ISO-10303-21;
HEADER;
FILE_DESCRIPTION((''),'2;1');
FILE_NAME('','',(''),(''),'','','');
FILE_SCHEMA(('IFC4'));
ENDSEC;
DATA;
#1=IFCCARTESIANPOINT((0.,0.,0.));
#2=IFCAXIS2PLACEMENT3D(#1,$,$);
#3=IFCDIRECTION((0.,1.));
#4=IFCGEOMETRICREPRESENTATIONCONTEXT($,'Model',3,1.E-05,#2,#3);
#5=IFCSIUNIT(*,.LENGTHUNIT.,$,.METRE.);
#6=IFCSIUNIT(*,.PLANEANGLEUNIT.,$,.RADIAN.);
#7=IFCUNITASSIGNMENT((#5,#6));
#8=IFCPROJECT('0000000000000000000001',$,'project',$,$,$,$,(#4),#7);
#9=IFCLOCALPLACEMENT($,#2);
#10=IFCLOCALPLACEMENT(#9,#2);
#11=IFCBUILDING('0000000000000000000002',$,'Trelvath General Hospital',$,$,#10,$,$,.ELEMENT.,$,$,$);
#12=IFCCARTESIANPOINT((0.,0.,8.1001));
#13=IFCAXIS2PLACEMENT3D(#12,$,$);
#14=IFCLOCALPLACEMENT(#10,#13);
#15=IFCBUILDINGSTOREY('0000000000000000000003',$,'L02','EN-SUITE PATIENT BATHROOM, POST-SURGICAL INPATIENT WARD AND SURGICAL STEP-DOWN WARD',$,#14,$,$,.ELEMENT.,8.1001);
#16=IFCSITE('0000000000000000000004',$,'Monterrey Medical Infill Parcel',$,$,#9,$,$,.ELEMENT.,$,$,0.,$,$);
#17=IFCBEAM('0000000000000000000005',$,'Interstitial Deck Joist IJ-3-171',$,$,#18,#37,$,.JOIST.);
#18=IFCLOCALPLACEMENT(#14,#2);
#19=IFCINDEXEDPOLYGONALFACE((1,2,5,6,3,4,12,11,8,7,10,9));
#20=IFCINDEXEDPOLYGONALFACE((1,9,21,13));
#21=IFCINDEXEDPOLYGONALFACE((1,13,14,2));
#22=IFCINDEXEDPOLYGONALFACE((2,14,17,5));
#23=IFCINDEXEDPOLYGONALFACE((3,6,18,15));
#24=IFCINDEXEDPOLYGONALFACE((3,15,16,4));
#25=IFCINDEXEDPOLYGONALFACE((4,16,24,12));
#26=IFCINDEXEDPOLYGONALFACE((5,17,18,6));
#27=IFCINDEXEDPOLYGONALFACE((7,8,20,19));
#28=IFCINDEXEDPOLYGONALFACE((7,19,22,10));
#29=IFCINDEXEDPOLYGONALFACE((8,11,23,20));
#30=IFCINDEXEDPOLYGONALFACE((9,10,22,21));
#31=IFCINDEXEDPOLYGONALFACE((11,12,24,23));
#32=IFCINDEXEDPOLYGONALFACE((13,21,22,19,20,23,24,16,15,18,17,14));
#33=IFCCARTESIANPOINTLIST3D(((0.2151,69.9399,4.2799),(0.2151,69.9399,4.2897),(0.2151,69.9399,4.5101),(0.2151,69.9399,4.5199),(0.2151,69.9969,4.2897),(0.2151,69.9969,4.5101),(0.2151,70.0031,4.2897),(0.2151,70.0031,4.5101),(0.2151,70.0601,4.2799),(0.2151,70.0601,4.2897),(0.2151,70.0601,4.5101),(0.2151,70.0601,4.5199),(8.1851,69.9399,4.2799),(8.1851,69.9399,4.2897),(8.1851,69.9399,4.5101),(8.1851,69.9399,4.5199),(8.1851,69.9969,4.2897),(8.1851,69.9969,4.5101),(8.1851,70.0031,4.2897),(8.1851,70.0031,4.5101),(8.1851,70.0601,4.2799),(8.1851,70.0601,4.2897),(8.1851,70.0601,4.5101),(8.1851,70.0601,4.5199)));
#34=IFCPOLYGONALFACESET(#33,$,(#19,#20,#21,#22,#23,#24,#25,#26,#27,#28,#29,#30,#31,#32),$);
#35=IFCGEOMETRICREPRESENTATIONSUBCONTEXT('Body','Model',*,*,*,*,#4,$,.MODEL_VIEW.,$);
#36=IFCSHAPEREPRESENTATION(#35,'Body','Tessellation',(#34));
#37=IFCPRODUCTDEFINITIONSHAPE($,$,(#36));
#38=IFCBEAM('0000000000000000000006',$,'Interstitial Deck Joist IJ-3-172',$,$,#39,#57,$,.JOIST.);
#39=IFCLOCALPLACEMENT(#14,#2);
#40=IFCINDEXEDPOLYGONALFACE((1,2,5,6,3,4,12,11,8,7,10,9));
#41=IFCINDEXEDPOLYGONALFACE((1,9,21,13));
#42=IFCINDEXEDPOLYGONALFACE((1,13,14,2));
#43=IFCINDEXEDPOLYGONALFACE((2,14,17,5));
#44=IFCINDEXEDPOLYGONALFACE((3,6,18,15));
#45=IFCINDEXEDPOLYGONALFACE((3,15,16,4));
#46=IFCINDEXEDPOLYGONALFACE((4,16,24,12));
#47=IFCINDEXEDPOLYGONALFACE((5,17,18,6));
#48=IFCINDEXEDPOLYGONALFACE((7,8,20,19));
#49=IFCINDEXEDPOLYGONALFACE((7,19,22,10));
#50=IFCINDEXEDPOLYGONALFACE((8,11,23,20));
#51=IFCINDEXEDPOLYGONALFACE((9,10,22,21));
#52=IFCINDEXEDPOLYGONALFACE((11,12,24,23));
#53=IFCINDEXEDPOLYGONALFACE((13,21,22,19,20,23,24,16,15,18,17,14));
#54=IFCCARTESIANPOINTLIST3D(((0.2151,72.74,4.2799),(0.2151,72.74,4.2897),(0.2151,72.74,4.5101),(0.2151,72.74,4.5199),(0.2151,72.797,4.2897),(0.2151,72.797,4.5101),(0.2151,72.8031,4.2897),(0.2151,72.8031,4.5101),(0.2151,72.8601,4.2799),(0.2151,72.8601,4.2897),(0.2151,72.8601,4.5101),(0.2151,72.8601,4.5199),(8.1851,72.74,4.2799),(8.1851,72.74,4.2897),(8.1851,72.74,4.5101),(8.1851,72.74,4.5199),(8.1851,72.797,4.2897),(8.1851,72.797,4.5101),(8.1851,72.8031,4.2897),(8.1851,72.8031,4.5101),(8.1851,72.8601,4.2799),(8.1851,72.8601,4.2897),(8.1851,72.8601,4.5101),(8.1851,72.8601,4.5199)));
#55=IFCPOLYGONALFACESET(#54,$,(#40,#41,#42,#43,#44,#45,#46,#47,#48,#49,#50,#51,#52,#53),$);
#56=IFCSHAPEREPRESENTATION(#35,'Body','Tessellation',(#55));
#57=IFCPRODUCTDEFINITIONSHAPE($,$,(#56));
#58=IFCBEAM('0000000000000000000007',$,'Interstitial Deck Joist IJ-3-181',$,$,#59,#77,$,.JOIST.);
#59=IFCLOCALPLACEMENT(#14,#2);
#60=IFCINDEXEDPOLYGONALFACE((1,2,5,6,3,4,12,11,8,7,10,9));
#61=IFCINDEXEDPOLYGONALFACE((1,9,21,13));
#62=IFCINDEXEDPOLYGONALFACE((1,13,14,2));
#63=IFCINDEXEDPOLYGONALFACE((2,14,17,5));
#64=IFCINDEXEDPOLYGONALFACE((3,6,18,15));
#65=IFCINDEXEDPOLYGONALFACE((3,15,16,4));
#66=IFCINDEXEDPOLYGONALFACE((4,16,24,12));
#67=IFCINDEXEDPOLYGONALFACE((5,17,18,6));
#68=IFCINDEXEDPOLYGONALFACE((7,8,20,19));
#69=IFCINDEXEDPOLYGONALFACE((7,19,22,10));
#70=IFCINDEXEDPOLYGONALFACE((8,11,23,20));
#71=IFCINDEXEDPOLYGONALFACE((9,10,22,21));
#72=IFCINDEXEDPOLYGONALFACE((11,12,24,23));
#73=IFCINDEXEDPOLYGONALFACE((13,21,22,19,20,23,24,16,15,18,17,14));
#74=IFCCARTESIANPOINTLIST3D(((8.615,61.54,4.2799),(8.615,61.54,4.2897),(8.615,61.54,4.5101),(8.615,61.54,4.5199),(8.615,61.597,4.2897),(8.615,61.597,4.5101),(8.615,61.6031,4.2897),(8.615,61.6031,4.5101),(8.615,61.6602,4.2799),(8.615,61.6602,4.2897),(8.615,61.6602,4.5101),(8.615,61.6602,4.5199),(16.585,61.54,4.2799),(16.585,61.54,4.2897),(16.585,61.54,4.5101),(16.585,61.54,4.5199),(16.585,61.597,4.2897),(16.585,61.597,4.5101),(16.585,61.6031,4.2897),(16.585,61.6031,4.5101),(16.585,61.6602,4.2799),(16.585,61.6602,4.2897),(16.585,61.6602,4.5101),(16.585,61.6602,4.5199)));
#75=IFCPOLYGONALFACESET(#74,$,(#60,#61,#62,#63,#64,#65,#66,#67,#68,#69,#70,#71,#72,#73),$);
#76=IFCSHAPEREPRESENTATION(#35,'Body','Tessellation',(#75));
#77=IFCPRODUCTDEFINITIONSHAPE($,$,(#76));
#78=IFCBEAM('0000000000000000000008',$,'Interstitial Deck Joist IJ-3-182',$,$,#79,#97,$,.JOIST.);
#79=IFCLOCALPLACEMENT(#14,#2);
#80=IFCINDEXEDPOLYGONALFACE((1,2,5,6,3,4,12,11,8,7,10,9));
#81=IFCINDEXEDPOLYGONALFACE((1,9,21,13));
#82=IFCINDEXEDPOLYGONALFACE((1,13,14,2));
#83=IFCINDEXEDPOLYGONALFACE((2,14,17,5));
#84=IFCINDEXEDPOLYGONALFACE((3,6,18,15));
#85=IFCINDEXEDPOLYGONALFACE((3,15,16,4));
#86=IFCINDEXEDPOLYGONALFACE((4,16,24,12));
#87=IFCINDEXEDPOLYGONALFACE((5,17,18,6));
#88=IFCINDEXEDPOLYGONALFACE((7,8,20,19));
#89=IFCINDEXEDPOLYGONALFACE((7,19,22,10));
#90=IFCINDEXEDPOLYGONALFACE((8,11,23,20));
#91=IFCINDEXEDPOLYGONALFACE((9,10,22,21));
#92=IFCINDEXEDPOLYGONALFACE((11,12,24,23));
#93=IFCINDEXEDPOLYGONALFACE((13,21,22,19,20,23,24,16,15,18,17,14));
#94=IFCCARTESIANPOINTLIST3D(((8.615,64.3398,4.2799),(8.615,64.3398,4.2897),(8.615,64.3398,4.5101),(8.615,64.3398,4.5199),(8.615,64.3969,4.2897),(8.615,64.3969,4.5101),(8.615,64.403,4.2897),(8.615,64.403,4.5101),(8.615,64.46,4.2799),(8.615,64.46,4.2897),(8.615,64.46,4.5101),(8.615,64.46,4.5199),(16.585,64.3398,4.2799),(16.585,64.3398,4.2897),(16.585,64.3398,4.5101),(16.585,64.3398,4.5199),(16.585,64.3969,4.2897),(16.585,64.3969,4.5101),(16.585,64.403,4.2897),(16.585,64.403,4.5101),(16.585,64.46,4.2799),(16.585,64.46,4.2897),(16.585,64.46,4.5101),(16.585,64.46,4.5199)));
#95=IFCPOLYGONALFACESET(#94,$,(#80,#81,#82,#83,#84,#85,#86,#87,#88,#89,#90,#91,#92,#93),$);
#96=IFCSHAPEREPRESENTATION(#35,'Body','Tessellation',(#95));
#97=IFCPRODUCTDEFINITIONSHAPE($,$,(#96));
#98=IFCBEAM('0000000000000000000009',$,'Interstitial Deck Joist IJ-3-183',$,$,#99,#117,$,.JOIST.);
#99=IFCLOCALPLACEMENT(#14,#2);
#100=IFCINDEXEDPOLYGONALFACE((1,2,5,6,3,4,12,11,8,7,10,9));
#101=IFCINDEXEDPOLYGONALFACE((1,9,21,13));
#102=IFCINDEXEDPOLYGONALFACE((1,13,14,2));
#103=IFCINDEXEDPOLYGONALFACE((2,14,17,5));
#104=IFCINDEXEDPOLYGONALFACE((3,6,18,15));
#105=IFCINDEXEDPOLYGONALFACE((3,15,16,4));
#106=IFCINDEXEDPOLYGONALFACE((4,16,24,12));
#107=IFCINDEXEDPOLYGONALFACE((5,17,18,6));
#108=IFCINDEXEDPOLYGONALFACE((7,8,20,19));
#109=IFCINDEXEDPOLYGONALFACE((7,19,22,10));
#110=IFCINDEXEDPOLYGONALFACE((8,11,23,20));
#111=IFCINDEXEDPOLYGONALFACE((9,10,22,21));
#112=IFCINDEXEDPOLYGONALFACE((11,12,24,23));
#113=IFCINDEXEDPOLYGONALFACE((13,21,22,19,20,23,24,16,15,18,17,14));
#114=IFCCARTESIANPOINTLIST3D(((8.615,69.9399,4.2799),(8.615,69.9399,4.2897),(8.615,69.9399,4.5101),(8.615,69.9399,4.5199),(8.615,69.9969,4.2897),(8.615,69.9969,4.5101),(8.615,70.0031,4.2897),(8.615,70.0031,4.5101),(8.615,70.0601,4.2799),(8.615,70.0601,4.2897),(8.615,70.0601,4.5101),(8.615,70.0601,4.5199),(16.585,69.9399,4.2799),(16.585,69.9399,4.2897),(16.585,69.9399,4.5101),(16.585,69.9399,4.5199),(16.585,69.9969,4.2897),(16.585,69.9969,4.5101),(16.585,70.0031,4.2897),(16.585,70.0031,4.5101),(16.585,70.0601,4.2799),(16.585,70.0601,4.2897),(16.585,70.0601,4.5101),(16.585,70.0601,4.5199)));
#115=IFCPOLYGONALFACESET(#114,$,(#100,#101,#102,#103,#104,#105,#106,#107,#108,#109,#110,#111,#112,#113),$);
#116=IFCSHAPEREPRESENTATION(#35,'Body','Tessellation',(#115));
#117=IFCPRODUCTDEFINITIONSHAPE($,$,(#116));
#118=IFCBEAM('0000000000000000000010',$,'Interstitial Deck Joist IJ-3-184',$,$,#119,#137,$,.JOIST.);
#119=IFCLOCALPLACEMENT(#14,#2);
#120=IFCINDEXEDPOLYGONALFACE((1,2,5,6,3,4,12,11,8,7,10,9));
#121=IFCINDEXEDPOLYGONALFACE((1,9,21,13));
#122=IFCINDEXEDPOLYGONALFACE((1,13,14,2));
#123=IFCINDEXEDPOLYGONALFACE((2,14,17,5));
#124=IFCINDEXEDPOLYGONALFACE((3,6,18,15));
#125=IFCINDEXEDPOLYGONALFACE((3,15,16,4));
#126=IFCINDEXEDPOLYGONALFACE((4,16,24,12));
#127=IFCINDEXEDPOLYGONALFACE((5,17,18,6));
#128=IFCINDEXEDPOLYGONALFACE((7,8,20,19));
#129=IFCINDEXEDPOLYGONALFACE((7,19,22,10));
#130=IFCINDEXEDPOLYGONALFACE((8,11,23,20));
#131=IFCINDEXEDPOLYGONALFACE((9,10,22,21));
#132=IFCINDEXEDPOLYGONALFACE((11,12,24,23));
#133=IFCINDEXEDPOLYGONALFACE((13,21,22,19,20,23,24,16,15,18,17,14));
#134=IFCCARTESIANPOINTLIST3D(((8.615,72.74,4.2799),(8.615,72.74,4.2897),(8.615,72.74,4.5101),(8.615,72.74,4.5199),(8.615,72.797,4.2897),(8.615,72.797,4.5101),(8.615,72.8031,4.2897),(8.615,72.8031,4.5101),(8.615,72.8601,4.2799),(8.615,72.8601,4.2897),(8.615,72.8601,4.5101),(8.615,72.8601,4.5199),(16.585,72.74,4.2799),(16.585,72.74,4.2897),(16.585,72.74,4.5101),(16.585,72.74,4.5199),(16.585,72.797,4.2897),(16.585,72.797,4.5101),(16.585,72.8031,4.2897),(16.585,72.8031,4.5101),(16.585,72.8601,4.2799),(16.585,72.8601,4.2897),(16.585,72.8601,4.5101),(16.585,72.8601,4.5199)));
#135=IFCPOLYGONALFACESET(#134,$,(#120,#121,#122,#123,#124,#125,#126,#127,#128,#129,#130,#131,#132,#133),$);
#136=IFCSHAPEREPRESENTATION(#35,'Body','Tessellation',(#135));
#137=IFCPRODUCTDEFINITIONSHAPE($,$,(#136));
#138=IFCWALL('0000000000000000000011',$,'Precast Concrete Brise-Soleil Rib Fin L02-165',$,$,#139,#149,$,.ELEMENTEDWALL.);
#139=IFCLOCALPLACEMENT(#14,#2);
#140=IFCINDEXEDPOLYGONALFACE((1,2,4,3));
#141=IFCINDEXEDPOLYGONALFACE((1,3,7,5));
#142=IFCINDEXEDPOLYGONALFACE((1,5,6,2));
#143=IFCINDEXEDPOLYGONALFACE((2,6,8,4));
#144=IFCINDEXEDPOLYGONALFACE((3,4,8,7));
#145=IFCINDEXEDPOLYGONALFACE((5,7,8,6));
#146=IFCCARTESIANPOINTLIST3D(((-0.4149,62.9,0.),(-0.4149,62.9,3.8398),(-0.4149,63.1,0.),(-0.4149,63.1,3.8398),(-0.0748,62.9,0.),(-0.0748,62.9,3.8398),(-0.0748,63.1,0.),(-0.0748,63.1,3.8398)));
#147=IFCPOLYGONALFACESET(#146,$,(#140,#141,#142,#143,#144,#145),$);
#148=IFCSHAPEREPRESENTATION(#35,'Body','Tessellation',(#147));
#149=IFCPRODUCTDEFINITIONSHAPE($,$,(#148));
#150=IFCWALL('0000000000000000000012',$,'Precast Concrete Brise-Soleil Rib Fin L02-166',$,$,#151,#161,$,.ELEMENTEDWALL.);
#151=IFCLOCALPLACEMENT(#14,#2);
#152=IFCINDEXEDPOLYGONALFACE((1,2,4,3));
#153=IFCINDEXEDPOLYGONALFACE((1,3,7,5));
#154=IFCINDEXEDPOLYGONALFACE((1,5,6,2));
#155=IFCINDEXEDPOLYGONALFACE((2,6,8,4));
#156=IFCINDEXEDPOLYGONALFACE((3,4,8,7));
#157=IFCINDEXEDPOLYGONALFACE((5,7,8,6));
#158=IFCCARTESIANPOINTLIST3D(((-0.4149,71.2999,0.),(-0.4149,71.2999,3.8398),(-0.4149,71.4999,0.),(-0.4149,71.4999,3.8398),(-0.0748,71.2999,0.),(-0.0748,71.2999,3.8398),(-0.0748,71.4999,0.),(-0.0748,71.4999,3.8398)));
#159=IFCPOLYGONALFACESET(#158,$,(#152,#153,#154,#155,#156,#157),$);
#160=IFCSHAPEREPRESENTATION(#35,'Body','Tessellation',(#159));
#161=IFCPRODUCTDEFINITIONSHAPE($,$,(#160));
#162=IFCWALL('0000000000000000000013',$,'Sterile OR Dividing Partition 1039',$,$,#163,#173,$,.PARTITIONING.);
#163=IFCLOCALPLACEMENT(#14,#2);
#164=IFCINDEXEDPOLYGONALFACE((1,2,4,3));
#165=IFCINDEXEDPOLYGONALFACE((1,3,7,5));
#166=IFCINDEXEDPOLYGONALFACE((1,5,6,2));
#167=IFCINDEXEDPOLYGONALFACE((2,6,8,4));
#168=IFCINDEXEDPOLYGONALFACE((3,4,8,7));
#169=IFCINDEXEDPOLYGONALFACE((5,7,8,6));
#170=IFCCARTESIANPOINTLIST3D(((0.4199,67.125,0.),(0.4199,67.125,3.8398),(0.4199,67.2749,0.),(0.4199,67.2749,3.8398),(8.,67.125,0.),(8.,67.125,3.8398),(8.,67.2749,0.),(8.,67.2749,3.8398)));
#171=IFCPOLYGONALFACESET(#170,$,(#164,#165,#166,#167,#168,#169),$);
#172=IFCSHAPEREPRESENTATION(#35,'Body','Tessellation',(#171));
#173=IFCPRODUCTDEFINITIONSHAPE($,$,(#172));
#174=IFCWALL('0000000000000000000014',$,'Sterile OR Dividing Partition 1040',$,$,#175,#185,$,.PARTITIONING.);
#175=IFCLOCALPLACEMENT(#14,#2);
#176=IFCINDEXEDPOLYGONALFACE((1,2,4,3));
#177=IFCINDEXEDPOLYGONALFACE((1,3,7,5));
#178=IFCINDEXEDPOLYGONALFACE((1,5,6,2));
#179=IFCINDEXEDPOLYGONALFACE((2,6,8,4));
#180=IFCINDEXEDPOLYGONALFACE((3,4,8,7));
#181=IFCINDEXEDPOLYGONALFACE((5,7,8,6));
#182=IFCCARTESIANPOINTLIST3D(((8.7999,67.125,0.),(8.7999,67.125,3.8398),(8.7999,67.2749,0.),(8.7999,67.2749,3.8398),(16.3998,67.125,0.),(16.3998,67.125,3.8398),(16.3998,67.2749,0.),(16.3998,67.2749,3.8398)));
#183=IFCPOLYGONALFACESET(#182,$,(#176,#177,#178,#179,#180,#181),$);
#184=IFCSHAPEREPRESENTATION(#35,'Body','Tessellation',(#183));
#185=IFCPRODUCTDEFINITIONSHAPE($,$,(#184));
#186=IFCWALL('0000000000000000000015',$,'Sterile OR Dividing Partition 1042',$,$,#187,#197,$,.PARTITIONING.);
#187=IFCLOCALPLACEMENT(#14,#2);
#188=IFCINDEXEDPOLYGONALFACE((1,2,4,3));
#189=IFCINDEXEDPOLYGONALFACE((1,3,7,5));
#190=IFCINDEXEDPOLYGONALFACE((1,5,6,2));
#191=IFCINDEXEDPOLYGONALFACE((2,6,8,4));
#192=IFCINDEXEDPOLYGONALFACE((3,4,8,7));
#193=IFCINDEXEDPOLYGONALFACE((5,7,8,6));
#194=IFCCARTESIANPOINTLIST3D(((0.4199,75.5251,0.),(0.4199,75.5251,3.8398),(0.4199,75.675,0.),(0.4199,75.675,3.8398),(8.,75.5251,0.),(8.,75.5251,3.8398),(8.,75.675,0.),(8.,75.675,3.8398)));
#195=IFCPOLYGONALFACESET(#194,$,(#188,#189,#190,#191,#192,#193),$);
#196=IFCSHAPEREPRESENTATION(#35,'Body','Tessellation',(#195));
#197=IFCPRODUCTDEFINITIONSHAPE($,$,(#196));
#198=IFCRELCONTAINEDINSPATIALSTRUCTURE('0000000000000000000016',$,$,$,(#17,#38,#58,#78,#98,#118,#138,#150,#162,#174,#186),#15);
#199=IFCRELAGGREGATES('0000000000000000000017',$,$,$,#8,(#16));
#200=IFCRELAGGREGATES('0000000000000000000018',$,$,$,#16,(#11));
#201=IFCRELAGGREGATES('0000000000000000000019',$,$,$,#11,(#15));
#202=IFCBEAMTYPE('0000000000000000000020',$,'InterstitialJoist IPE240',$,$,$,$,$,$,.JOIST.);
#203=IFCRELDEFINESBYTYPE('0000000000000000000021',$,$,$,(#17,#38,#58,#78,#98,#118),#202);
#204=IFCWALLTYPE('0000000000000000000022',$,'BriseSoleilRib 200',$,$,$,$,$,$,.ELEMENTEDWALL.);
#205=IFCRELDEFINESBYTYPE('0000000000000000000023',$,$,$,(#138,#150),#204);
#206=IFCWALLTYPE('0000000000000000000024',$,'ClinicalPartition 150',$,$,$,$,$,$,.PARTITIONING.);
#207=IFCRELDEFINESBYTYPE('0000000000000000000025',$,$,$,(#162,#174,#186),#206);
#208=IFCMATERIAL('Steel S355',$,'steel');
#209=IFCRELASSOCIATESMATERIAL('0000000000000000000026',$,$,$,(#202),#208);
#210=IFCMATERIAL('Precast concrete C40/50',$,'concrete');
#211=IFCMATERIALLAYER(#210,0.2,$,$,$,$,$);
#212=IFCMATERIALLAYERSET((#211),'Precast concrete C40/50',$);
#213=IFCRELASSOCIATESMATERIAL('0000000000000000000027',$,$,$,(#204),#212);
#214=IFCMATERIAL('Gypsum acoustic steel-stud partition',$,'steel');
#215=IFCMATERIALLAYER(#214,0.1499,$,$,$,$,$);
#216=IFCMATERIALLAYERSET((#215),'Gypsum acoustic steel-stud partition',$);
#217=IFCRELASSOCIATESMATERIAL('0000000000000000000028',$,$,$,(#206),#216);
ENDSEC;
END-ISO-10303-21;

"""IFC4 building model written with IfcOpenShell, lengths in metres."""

from ifc_helpers import new_model, si_unit, direction, frame, frame_2d, origin, origin_2d, place, context, subcontext, project, spatial, rectangle, i_section, extrude, material, layer, layer_set, material_profile, profile_set, type_object, element, save


model = new_model("IFC4")

# Units and contexts
model_context = context("Model", 3, precision=1e-05, world=origin(), true_north=direction((0.0, 1.0)))
body_context = subcontext(model_context, "Body", "Model", "MODEL_VIEW")
ifc_project = project(units=[si_unit("LENGTHUNIT", "METRE"), si_unit("PLANEANGLEUNIT", "RADIAN")], contexts=[model_context])

# Site, building, storey
site_placement = place(None, origin())
site = spatial("IfcSite", under=ifc_project, at=site_placement, Name="Monterrey Medical Infill Parcel", CompositionType="ELEMENT", RefElevation=0.0)
building_placement = place(site_placement, origin())
building = spatial("IfcBuilding", under=site, at=building_placement, Name="Trelvath General Hospital", CompositionType="ELEMENT")
storey_placement = place(building_placement, frame((0.0, 0.0, 8.1001)))
storey = spatial("IfcBuildingStorey", under=building, at=storey_placement, Name="L02", Description="EN-SUITE PATIENT BATHROOM, POST-SURGICAL INPATIENT WARD AND SURGICAL STEP-DOWN WARD", CompositionType="ELEMENT", Elevation=8.1001)

# Beams
ifc_material_1 = material(Name="Steel S355", Category="steel")
ifc_material_profile_1 = material_profile(ifc_material_1, i_section(OverallWidth=0.1201, OverallDepth=0.24, WebThickness=0.0061, FlangeThickness=0.0098, at=origin_2d()), Name="IPE240")
ifc_profile_set_1 = profile_set([ifc_material_profile_1], Name="Steel S355")
beam_type_1 = type_object("IfcBeamType", Name="InterstitialJoist IPE240", PredefinedType="JOIST", material=ifc_profile_set_1)
for number, where, z_axis, x_axis, name in (
    (1, (0.2151, 70.0, 4.3999), (1.0, 0.0, 0.0), (0.0, 1.0, 0.0), "Interstitial Deck Joist IJ-3-171"),
    (2, (0.2151, 72.8, 4.3999), (1.0, 0.0, 0.0), (0.0, 1.0, 0.0), "Interstitial Deck Joist IJ-3-172"),
    (3, (8.615, 61.6001, 4.3999), (1.0, 0.0, 0.0), (0.0, 1.0, 0.0), "Interstitial Deck Joist IJ-3-181"),
    (4, (8.615, 64.3999, 4.3999), (1.0, 0.0, 0.0), (0.0, 1.0, 0.0), "Interstitial Deck Joist IJ-3-182"),
    (5, (8.615, 70.0, 4.3999), (1.0, 0.0, 0.0), (0.0, 1.0, 0.0), "Interstitial Deck Joist IJ-3-183"),
    (6, (8.615, 72.8, 4.3999), (1.0, 0.0, 0.0), (0.0, 1.0, 0.0), "Interstitial Deck Joist IJ-3-184"),
):
    element("IfcBeam", number, at=place(storey_placement, frame(where, z_axis=z_axis, x_axis=x_axis)), inside=storey, type_object=beam_type_1, Name=name, PredefinedType="JOIST", context=body_context, shape_type="SweptSolid", body=[
        extrude(i_section(OverallWidth=0.1201, OverallDepth=0.24, WebThickness=0.0061, FlangeThickness=0.0098, at=origin_2d()), origin(), (0.0, 0.0, 1.0), 7.97),
    ])

# Walls
ifc_material_2 = material(Name="Precast concrete C40/50", Category="concrete")
ifc_layer_1 = layer(ifc_material_2, 0.2)
ifc_layer_set_1 = layer_set([ifc_layer_1], Name="Precast concrete C40/50")
wall_type_1 = type_object("IfcWallType", Name="BriseSoleilRib 200", PredefinedType="ELEMENTEDWALL", material=ifc_layer_set_1)
for number, where, z_axis, x_axis, name in (
    (7, (-0.075, 63.0, 0.0), (0.0, 0.0, 1.0), (-1.0, 0.0, 0.0), "Precast Concrete Brise-Soleil Rib Fin L02-165"),
    (8, (-0.075, 71.3999, 0.0), (0.0, 0.0, 1.0), (-1.0, 0.0, 0.0), "Precast Concrete Brise-Soleil Rib Fin L02-166"),
):
    element("IfcWall", number, at=place(storey_placement, frame(where, z_axis=z_axis, x_axis=x_axis)), inside=storey, type_object=wall_type_1, Name=name, PredefinedType="ELEMENTEDWALL", context=body_context, shape_type="SweptSolid", body=[
        extrude(rectangle(XDim=0.3401, YDim=0.2, at=frame_2d((0.1699, 0.0))), origin(), (0.0, 0.0, 1.0), 3.8398),
    ])
ifc_material_3 = material(Name="Gypsum acoustic steel-stud partition", Category="steel")
ifc_layer_2 = layer(ifc_material_3, 0.1499)
ifc_layer_set_2 = layer_set([ifc_layer_2], Name="Gypsum acoustic steel-stud partition")
wall_type_2 = type_object("IfcWallType", Name="ClinicalPartition 150", PredefinedType="PARTITIONING", material=ifc_layer_set_2)
wall_1_placement = place(storey_placement, frame((0.4199, 67.2, 0.0), z_axis=(0.0, 0.0, 1.0), x_axis=(1.0, 0.0, 0.0)))
element("IfcWall", 9, at=wall_1_placement, inside=storey, type_object=wall_type_2, Name="Sterile OR Dividing Partition 1039", PredefinedType="PARTITIONING", context=body_context, shape_type="SweptSolid", body=[
    extrude(rectangle(XDim=7.5801, YDim=0.1499, at=frame_2d((3.79, 0.0))), origin(), (0.0, 0.0, 1.0), 3.8398),
])
wall_2_placement = place(storey_placement, frame((8.8, 67.2, 0.0), z_axis=(0.0, 0.0, 1.0), x_axis=(1.0, 0.0, 0.0)))
element("IfcWall", 10, at=wall_2_placement, inside=storey, type_object=wall_type_2, Name="Sterile OR Dividing Partition 1040", PredefinedType="PARTITIONING", context=body_context, shape_type="SweptSolid", body=[
    extrude(rectangle(XDim=7.5999, YDim=0.1499, at=frame_2d((3.7998, 0.0))), origin(), (0.0, 0.0, 1.0), 3.8398),
])
wall_3_placement = place(storey_placement, frame((0.4199, 75.6001, 0.0), z_axis=(0.0, 0.0, 1.0), x_axis=(1.0, 0.0, 0.0)))
element("IfcWall", 11, at=wall_3_placement, inside=storey, type_object=wall_type_2, Name="Sterile OR Dividing Partition 1042", PredefinedType="PARTITIONING", context=body_context, shape_type="SweptSolid", body=[
    extrude(rectangle(XDim=7.5801, YDim=0.1499, at=frame_2d((3.79, 0.0))), origin(), (0.0, 0.0, 1.0), 3.8398),
])

save(model, "model.ifc")
